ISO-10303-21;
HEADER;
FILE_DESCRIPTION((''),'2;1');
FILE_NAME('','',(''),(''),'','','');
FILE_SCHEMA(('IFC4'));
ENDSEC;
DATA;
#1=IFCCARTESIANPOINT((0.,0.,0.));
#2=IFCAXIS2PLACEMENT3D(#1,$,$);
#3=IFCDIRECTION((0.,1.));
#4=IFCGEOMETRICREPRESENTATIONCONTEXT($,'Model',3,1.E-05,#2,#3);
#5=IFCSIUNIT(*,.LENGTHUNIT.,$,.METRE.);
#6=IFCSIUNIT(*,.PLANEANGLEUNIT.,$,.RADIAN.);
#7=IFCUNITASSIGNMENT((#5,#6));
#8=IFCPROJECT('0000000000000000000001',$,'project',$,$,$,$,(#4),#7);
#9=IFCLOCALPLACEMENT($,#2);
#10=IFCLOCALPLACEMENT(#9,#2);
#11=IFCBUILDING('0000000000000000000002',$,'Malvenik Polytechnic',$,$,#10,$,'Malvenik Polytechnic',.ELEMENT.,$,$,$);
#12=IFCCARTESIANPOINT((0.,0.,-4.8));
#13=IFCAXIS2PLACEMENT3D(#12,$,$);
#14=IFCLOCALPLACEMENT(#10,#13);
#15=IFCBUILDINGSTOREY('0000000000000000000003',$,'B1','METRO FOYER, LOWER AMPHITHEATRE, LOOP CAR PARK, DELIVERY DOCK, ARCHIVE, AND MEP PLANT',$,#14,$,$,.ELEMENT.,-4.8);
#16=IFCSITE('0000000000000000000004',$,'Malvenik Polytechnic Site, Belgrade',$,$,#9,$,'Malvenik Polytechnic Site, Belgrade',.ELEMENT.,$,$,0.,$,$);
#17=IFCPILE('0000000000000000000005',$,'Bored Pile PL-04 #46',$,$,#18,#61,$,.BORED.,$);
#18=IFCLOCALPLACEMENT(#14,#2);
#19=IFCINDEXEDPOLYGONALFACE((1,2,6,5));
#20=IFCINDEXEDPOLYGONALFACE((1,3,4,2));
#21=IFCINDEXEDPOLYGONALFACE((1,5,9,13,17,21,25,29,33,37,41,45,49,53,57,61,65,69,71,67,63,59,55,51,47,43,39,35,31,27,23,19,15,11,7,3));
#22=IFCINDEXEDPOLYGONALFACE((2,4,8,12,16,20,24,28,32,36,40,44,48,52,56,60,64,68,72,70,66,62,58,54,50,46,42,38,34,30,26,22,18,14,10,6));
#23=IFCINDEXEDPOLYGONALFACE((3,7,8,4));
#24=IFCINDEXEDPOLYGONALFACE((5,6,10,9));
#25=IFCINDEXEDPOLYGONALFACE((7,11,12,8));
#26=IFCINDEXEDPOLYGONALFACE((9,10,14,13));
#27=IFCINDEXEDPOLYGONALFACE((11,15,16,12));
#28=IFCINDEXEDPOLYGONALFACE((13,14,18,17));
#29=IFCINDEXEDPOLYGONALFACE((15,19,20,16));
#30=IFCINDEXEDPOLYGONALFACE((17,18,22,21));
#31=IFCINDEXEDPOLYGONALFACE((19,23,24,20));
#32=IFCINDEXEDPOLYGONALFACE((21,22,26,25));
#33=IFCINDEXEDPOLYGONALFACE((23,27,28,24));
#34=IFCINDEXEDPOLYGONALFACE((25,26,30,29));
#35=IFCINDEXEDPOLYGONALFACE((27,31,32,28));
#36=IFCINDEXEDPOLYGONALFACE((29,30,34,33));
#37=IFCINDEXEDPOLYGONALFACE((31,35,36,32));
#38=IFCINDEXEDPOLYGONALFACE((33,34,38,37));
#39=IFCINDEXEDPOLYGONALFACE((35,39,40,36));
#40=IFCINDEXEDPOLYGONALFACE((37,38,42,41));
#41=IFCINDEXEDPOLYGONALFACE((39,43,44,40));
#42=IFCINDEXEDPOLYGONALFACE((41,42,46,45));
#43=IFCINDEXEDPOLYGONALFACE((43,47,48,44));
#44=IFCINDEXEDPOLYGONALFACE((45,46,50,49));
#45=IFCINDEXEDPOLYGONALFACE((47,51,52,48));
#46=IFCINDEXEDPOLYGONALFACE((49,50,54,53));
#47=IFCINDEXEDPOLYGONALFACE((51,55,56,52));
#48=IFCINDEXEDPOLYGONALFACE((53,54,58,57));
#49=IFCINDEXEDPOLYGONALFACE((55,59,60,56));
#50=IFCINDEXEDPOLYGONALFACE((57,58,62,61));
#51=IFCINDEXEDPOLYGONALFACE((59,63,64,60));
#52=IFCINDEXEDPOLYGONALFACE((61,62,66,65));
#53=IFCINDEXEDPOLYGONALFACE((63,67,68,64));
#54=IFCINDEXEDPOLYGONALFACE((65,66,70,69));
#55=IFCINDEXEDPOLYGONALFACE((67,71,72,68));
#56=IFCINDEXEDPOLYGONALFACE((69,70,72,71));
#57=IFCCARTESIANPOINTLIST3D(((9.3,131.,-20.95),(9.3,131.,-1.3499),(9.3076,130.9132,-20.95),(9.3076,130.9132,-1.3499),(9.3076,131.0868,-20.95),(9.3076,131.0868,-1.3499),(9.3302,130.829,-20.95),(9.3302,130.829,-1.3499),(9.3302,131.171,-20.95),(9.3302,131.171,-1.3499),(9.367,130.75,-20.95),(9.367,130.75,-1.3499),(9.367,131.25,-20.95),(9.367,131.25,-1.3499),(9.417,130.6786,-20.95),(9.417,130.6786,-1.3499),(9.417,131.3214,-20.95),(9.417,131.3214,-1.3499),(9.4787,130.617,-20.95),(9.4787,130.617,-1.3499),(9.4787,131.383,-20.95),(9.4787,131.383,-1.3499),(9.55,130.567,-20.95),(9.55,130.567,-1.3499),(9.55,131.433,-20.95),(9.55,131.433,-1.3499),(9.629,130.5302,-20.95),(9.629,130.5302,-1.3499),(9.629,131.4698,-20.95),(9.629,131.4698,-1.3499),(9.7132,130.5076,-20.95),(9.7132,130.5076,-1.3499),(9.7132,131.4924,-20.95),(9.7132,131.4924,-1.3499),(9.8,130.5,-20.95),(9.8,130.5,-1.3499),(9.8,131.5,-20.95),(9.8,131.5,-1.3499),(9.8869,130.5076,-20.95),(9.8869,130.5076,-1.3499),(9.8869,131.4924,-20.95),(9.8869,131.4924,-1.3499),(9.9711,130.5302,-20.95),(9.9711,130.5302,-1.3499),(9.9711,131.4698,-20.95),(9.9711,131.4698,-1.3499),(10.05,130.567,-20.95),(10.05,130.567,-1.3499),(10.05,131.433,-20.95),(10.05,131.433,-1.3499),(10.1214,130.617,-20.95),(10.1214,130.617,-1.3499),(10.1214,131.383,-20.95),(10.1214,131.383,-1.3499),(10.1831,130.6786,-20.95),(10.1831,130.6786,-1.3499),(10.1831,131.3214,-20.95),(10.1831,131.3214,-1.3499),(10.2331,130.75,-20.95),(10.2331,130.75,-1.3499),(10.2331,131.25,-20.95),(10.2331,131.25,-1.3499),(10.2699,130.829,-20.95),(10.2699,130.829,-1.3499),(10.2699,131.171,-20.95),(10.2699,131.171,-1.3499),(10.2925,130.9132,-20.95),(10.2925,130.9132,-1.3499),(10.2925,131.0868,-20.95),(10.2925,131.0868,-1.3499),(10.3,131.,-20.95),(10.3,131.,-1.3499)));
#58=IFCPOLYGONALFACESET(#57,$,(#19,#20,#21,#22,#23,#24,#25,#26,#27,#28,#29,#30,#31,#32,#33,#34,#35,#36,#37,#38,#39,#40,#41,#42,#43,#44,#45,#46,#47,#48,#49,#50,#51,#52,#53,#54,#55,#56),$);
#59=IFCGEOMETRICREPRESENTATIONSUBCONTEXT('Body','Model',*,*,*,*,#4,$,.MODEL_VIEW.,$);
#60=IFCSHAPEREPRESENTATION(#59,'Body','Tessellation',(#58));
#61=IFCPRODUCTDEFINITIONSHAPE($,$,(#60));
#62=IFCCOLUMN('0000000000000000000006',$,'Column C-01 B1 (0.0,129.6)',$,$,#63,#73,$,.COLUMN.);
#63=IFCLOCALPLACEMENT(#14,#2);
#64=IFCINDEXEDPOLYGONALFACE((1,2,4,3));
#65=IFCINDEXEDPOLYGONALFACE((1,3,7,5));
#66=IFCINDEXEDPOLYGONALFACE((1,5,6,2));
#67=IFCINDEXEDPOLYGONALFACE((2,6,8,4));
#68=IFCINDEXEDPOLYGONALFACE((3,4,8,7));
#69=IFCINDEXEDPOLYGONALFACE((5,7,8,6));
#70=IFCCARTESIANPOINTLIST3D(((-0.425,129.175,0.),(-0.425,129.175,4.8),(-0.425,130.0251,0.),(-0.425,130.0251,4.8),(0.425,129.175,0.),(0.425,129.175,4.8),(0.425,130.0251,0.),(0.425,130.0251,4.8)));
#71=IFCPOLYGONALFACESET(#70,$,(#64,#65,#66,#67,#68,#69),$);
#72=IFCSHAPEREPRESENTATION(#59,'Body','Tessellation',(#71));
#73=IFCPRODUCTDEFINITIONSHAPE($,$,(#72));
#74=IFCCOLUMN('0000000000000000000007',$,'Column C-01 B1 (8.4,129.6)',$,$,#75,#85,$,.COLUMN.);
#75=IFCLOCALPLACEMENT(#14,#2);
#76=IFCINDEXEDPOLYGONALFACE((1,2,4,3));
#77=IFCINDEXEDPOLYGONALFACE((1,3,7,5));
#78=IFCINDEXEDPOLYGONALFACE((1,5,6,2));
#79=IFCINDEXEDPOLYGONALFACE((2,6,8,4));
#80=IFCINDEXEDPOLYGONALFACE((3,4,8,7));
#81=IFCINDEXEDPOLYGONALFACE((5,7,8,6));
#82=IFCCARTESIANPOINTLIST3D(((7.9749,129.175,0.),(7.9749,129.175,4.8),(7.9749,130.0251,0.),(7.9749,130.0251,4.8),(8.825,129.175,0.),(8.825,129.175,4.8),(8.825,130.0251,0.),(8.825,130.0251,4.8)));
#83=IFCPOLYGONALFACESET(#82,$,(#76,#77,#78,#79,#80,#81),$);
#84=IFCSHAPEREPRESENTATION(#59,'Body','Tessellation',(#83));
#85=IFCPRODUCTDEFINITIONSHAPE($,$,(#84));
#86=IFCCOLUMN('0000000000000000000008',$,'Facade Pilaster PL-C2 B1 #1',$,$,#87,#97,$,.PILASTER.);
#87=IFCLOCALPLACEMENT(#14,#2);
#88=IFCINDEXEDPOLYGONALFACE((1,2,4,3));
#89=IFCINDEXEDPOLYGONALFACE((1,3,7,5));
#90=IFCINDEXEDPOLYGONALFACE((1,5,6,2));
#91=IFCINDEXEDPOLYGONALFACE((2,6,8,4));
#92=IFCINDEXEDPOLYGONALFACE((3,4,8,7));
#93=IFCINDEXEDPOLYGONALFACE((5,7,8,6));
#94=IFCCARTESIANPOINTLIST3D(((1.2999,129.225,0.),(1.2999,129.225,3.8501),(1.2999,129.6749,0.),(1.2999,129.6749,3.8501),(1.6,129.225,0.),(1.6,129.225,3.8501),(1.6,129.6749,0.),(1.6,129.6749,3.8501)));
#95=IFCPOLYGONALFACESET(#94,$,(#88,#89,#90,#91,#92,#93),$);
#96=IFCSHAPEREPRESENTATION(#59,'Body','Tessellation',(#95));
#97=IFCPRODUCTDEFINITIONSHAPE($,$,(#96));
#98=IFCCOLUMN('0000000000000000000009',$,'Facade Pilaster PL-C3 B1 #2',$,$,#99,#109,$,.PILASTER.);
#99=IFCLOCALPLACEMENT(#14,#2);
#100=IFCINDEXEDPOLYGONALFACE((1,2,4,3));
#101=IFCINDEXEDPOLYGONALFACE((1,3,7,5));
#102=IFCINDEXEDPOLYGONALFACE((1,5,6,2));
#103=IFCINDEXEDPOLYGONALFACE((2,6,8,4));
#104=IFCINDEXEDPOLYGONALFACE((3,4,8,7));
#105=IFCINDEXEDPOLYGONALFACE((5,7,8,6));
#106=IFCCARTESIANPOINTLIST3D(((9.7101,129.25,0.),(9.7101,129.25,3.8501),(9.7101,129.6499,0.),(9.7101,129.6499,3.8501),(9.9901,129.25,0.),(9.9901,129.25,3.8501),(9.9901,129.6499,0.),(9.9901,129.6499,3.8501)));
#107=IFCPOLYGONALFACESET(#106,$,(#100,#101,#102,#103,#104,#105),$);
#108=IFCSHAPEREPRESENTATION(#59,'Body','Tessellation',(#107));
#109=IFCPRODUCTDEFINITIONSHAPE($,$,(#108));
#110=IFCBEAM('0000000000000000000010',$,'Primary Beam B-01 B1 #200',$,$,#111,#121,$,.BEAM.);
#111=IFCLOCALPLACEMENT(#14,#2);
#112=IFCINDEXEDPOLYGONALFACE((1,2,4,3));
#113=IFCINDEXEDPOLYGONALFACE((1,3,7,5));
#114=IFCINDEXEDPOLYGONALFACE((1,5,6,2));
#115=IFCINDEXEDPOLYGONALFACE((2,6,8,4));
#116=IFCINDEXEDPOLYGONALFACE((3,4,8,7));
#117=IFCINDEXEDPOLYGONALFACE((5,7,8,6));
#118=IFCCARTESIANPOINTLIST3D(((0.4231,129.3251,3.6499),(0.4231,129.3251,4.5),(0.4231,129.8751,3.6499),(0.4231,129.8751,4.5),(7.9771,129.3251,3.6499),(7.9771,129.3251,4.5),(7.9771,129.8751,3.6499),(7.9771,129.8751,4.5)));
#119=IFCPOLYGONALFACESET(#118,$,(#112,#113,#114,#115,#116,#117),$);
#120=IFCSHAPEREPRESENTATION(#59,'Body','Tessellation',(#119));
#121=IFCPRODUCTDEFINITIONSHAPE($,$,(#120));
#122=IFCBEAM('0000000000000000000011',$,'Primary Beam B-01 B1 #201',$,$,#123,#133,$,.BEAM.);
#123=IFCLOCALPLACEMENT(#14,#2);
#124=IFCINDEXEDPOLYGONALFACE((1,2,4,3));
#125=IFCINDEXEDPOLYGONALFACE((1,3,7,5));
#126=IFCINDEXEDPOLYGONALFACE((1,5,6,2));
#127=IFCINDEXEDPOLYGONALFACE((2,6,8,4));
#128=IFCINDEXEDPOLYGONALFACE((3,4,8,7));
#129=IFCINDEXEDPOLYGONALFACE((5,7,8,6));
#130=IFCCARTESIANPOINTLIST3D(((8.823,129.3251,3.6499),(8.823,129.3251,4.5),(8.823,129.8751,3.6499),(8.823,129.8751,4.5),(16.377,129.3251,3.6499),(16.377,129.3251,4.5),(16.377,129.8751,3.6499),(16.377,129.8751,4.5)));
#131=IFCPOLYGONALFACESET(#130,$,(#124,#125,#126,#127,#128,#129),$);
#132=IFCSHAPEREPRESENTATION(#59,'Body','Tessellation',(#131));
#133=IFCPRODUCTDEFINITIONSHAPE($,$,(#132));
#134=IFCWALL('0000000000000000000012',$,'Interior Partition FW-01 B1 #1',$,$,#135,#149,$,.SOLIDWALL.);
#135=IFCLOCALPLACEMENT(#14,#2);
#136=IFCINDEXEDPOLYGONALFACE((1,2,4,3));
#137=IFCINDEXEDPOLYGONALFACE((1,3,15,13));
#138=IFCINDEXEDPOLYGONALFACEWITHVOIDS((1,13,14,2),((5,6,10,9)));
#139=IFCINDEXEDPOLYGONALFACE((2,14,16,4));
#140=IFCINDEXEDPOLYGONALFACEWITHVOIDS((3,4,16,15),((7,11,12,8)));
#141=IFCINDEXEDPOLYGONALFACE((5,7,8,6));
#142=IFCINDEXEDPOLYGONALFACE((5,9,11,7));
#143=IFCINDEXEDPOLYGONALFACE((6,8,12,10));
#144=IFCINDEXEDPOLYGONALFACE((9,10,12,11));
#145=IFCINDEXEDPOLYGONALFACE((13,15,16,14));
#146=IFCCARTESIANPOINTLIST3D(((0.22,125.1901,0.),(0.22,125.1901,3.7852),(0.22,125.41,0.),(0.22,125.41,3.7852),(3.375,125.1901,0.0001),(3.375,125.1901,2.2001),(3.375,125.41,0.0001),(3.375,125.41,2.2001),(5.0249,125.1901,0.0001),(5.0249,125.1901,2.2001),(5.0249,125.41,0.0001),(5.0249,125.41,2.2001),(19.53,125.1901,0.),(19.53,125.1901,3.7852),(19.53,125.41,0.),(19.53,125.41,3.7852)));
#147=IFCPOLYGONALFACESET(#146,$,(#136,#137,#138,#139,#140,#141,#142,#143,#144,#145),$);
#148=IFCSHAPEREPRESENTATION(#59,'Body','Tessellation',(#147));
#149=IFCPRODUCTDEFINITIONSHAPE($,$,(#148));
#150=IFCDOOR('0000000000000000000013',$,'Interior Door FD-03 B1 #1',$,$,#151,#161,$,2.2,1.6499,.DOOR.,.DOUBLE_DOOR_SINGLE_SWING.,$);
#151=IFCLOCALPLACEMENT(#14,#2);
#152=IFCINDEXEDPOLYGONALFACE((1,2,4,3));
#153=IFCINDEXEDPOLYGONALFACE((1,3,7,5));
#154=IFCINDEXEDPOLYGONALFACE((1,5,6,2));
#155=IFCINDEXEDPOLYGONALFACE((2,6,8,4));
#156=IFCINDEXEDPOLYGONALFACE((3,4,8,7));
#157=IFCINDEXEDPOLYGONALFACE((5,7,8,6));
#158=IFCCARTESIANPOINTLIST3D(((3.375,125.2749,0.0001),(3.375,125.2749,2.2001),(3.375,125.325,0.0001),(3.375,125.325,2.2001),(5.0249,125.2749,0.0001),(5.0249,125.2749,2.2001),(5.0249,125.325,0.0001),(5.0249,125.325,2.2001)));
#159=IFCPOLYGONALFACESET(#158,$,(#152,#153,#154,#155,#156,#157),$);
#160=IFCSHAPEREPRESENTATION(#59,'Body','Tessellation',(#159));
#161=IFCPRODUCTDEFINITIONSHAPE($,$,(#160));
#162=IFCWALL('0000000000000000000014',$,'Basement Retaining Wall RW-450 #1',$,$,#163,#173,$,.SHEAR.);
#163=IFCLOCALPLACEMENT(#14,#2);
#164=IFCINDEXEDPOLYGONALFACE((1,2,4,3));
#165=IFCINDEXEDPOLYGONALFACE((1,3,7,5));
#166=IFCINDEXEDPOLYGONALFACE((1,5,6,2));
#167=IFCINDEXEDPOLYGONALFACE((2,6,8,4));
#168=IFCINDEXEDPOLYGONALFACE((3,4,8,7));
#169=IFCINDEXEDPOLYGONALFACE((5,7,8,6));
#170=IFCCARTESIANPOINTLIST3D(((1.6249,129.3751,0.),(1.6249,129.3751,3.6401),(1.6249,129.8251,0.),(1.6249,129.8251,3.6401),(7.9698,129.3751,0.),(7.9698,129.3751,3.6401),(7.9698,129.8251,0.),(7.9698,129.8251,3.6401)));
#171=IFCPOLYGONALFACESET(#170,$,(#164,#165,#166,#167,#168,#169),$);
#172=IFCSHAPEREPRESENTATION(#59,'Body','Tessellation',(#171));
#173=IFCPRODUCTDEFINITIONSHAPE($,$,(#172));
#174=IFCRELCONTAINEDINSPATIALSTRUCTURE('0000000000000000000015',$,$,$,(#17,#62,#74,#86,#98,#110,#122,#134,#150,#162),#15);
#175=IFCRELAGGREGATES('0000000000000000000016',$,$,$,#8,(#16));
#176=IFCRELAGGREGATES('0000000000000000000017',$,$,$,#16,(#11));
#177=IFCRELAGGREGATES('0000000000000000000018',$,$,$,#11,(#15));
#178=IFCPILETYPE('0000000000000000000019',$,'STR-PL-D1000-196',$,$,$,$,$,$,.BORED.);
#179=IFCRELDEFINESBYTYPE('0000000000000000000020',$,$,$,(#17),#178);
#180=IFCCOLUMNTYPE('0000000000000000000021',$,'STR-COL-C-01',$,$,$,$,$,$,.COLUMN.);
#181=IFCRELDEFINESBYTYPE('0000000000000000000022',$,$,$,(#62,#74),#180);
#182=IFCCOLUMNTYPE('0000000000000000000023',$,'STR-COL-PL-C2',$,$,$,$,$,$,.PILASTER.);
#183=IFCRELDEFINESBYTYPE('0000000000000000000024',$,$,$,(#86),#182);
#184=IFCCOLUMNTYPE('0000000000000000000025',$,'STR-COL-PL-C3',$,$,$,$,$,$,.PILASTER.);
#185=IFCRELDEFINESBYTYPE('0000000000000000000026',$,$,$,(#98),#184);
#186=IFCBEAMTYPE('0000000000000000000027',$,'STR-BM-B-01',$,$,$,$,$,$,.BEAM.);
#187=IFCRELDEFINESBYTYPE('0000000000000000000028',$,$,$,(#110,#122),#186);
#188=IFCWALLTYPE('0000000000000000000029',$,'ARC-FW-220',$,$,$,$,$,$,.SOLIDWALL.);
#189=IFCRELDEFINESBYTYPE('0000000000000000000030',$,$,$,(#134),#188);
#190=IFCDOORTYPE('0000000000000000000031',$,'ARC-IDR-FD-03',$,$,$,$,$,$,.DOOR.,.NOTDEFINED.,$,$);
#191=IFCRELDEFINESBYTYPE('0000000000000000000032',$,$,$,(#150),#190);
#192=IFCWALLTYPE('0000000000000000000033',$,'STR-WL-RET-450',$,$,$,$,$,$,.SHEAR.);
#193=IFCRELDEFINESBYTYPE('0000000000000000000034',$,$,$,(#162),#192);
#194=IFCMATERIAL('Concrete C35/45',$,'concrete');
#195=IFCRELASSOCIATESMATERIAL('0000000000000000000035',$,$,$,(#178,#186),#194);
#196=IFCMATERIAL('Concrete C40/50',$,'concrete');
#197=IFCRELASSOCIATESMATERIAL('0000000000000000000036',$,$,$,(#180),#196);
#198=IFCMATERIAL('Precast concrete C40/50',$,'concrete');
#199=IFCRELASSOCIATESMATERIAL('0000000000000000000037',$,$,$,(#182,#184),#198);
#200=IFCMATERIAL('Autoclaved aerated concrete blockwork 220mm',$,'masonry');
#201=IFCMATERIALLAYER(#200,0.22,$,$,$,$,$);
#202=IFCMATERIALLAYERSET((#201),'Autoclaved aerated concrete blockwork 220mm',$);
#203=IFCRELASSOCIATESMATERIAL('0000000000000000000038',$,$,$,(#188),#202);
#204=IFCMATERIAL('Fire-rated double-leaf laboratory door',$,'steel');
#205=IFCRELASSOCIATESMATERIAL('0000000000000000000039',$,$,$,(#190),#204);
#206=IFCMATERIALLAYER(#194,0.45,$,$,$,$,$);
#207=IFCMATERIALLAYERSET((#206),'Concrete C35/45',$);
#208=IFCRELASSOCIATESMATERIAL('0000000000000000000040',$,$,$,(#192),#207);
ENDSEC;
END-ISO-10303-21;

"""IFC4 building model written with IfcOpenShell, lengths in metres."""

from ifc_helpers import new_model, si_unit, direction, frame, frame_2d, origin, origin_2d, place, context, subcontext, project, spatial, rectangle, circle, extrude, material, layer, layer_set, material_profile, profile_set, type_object, element, fill, save


model = new_model("IFC4")

# Units and contexts
model_context = context("Model", 3, precision=1e-05, world=origin(), true_north=direction((0.0, 1.0)))
body_context = subcontext(model_context, "Body", "Model", "MODEL_VIEW")
ifc_project = project(units=[si_unit("LENGTHUNIT", "METRE"), si_unit("PLANEANGLEUNIT", "RADIAN")], contexts=[model_context])

# Site, building, storey
site_placement = place(None, origin())
site = spatial("IfcSite", under=ifc_project, at=site_placement, Name="Malvenik Polytechnic Site, Belgrade", LongName="Malvenik Polytechnic Site, Belgrade", CompositionType="ELEMENT", RefElevation=0.0)
building_placement = place(site_placement, origin())
building = spatial("IfcBuilding", under=site, at=building_placement, Name="Malvenik Polytechnic", LongName="Malvenik Polytechnic", CompositionType="ELEMENT")
storey_placement = place(building_placement, frame((0.0, 0.0, -4.8)))
storey = spatial("IfcBuildingStorey", under=building, at=storey_placement, Name="B1", Description="METRO FOYER, LOWER AMPHITHEATRE, LOOP CAR PARK, DELIVERY DOCK, ARCHIVE, AND MEP PLANT", CompositionType="ELEMENT", Elevation=-4.8)

# Shared definitions
ifc_material_1 = material(Name="Concrete C35/45", Category="concrete")

# Pile
ifc_material_profile_1 = material_profile(ifc_material_1, circle(Radius=0.5, at=origin_2d()), Name="BORED PILE D1000")
ifc_profile_set_1 = profile_set([ifc_material_profile_1], Name="Concrete C35/45")
pile_type = type_object("IfcPileType", Name="STR-PL-D1000-196", PredefinedType="BORED", material=ifc_profile_set_1)
for number, where, z_axis, x_axis, name in (
    (1, (9.8, 131.0, -1.3499), (0.0, 0.0, -1.0), (1.0, 0.0, 0.0), "Bored Pile PL-04 #46"),
):
    element("IfcPile", number, at=place(storey_placement, frame(where, z_axis=z_axis, x_axis=x_axis)), inside=storey, type_object=pile_type, Name=name, PredefinedType="BORED", context=body_context, shape_type="SweptSolid", body=[
        extrude(circle(Radius=0.5, at=origin_2d()), origin(), (0.0, 0.0, 1.0), 19.6001),
    ])

# Columns
ifc_material_2 = material(Name="Concrete C40/50", Category="concrete")
ifc_material_profile_2 = material_profile(ifc_material_2, rectangle(XDim=0.8501, YDim=0.8501, at=origin_2d()), Name="RC COL 850x850")
ifc_profile_set_2 = profile_set([ifc_material_profile_2], Name="Concrete C40/50")
column_type_1 = type_object("IfcColumnType", Name="STR-COL-C-01", PredefinedType="COLUMN", material=ifc_profile_set_2)
for number, where, z_axis, x_axis, name in (
    (2, (0.0, 129.6001, 0.0), (0.0, 0.0, 1.0), (1.0, 0.0, 0.0), "Column C-01 B1 (0.0,129.6)"),
    (3, (8.3999, 129.6001, 0.0), (0.0, 0.0, 1.0), (1.0, 0.0, 0.0), "Column C-01 B1 (8.4,129.6)"),
):
    element("IfcColumn", number, at=place(storey_placement, frame(where, z_axis=z_axis, x_axis=x_axis)), inside=storey, type_object=column_type_1, Name=name, PredefinedType="COLUMN", context=body_context, shape_type="SweptSolid", body=[
        extrude(rectangle(XDim=0.8501, YDim=0.8501, at=origin_2d()), origin(), (0.0, 0.0, 1.0), 4.8),
    ])
ifc_material_3 = material(Name="Precast concrete C40/50", Category="concrete")
ifc_material_profile_3 = material_profile(ifc_material_3, rectangle(XDim=0.3, YDim=0.45, at=origin_2d()), Name="RC PIL 450x300")
ifc_profile_set_3 = profile_set([ifc_material_profile_3], Name="Precast concrete C40/50")
column_type_2 = type_object("IfcColumnType", Name="STR-COL-PL-C2", PredefinedType="PILASTER", material=ifc_profile_set_3)
column_1_placement = place(storey_placement, frame((1.45, 129.45, 0.0), z_axis=(0.0, 0.0, 1.0), x_axis=(1.0, 0.0, 0.0)))
element("IfcColumn", 4, at=column_1_placement, inside=storey, type_object=column_type_2, Name="Facade Pilaster PL-C2 B1 #1", PredefinedType="PILASTER", context=body_context, shape_type="SweptSolid", body=[
    extrude(rectangle(XDim=0.3, YDim=0.45, at=origin_2d()), origin(), (0.0, 0.0, 1.0), 3.8501),
])
ifc_material_profile_4 = material_profile(ifc_material_3, rectangle(XDim=0.28, YDim=0.3999, at=origin_2d()), Name="RC PIL 400x280")
ifc_profile_set_4 = profile_set([ifc_material_profile_4], Name="Precast concrete C40/50")
column_type_3 = type_object("IfcColumnType", Name="STR-COL-PL-C3", PredefinedType="PILASTER", material=ifc_profile_set_4)
column_2_placement = place(storey_placement, frame((9.8501, 129.45, 0.0), z_axis=(0.0, 0.0, 1.0), x_axis=(1.0, 0.0, 0.0)))
element("IfcColumn", 5, at=column_2_placement, inside=storey, type_object=column_type_3, Name="Facade Pilaster PL-C3 B1 #2", PredefinedType="PILASTER", context=body_context, shape_type="SweptSolid", body=[
    extrude(rectangle(XDim=0.28, YDim=0.3999, at=origin_2d()), origin(), (0.0, 0.0, 1.0), 3.8501),
])

# Beams
ifc_material_profile_5 = material_profile(ifc_material_1, rectangle(XDim=0.55, YDim=0.8501, at=origin_2d()), Name="RC BM 550x850")
ifc_profile_set_5 = profile_set([ifc_material_profile_5], Name="Concrete C35/45")
beam_type = type_object("IfcBeamType", Name="STR-BM-B-01", PredefinedType="BEAM", material=ifc_profile_set_5)
for number, where, z_axis, x_axis, name in (
    (6, (0.4231, 129.6001, 4.075), (1.0, 0.0, 0.0), (0.0, 1.0, 0.0), "Primary Beam B-01 B1 #200"),
    (7, (8.823, 129.6001, 4.075), (1.0, 0.0, 0.0), (0.0, 1.0, 0.0), "Primary Beam B-01 B1 #201"),
):
    element("IfcBeam", number, at=place(storey_placement, frame(where, z_axis=z_axis, x_axis=x_axis)), inside=storey, type_object=beam_type, Name=name, PredefinedType="BEAM", context=body_context, shape_type="SweptSolid", body=[
        extrude(rectangle(XDim=0.55, YDim=0.8501, at=origin_2d()), origin(), (0.0, 0.0, 1.0), 7.554),
    ])

# Wall, opening, door
ifc_material_4 = material(Name="Autoclaved aerated concrete blockwork 220mm", Category="masonry")
ifc_layer_1 = layer(ifc_material_4, 0.22)
ifc_layer_set_1 = layer_set([ifc_layer_1], Name="Autoclaved aerated concrete blockwork 220mm")
wall_type_1 = type_object("IfcWallType", Name="ARC-FW-220", PredefinedType="SOLIDWALL", material=ifc_layer_set_1)
wall_1_placement = place(storey_placement, frame((0.22, 125.3, 0.0), z_axis=(0.0, 0.0, 1.0), x_axis=(1.0, 0.0, 0.0)))
wall_1 = element("IfcWall", 8, at=wall_1_placement, inside=storey, type_object=wall_type_1, Name="Interior Partition FW-01 B1 #1", PredefinedType="SOLIDWALL", context=body_context, shape_type="SweptSolid", body=[
    extrude(rectangle(XDim=19.3101, YDim=0.22, at=frame_2d((9.655, 0.0))), origin(), (0.0, 0.0, 1.0), 3.7852),
])
opening_placement = place(wall_1_placement, frame((3.155, 0.0, 0.0)))
opening = element("IfcOpeningElement", 9, at=opening_placement, cuts=wall_1, PredefinedType="OPENING", context=body_context, shape_type="SweptSolid", body=[
    extrude(rectangle(XDim=1.6499, YDim=2.2, at=frame_2d((0.825, 1.1001))), frame((0.0, 0.1201, 0.0), z_axis=(0.0, -1.0, 0.0), x_axis=(1.0, 0.0, 0.0)), (0.0, 0.0, 1.0), 0.24),
])
ifc_material_5 = material(Name="Fire-rated double-leaf laboratory door", Category="steel")
door_type = type_object("IfcDoorType", Name="ARC-IDR-FD-03", OperationType="NOTDEFINED", PredefinedType="DOOR", material=ifc_material_5)
door_placement = place(opening_placement, origin())
door = element("IfcDoor", 10, at=door_placement, inside=storey, type_object=door_type, Name="Interior Door FD-03 B1 #1", OperationType="DOUBLE_DOOR_SINGLE_SWING", OverallHeight=2.2, OverallWidth=1.6499, PredefinedType="DOOR", context=body_context, shape_type="SweptSolid", body=[
    extrude(rectangle(XDim=1.6499, YDim=2.2, at=frame_2d((0.825, 1.1001))), frame((0.0, 0.0249, 0.0), z_axis=(0.0, -1.0, 0.0), x_axis=(1.0, 0.0, 0.0)), (0.0, 0.0, 1.0), 0.05),
])
fill(opening, door)

# Wall
ifc_layer_2 = layer(ifc_material_1, 0.45)
ifc_layer_set_2 = layer_set([ifc_layer_2], Name="Concrete C35/45")
wall_type_2 = type_object("IfcWallType", Name="STR-WL-RET-450", PredefinedType="SHEAR", material=ifc_layer_set_2)
wall_2_placement = place(storey_placement, frame((1.625, 129.6001, 0.0), z_axis=(0.0, 0.0, 1.0), x_axis=(1.0, 0.0, 0.0)))
element("IfcWall", 11, at=wall_2_placement, inside=storey, type_object=wall_type_2, Name="Basement Retaining Wall RW-450 #1", PredefinedType="SHEAR", context=body_context, shape_type="SweptSolid", body=[
    extrude(rectangle(XDim=6.345, YDim=0.45, at=frame_2d((3.1724, 0.0))), origin(), (0.0, 0.0, 1.0), 3.6401),
])

save(model, "model.ifc")
